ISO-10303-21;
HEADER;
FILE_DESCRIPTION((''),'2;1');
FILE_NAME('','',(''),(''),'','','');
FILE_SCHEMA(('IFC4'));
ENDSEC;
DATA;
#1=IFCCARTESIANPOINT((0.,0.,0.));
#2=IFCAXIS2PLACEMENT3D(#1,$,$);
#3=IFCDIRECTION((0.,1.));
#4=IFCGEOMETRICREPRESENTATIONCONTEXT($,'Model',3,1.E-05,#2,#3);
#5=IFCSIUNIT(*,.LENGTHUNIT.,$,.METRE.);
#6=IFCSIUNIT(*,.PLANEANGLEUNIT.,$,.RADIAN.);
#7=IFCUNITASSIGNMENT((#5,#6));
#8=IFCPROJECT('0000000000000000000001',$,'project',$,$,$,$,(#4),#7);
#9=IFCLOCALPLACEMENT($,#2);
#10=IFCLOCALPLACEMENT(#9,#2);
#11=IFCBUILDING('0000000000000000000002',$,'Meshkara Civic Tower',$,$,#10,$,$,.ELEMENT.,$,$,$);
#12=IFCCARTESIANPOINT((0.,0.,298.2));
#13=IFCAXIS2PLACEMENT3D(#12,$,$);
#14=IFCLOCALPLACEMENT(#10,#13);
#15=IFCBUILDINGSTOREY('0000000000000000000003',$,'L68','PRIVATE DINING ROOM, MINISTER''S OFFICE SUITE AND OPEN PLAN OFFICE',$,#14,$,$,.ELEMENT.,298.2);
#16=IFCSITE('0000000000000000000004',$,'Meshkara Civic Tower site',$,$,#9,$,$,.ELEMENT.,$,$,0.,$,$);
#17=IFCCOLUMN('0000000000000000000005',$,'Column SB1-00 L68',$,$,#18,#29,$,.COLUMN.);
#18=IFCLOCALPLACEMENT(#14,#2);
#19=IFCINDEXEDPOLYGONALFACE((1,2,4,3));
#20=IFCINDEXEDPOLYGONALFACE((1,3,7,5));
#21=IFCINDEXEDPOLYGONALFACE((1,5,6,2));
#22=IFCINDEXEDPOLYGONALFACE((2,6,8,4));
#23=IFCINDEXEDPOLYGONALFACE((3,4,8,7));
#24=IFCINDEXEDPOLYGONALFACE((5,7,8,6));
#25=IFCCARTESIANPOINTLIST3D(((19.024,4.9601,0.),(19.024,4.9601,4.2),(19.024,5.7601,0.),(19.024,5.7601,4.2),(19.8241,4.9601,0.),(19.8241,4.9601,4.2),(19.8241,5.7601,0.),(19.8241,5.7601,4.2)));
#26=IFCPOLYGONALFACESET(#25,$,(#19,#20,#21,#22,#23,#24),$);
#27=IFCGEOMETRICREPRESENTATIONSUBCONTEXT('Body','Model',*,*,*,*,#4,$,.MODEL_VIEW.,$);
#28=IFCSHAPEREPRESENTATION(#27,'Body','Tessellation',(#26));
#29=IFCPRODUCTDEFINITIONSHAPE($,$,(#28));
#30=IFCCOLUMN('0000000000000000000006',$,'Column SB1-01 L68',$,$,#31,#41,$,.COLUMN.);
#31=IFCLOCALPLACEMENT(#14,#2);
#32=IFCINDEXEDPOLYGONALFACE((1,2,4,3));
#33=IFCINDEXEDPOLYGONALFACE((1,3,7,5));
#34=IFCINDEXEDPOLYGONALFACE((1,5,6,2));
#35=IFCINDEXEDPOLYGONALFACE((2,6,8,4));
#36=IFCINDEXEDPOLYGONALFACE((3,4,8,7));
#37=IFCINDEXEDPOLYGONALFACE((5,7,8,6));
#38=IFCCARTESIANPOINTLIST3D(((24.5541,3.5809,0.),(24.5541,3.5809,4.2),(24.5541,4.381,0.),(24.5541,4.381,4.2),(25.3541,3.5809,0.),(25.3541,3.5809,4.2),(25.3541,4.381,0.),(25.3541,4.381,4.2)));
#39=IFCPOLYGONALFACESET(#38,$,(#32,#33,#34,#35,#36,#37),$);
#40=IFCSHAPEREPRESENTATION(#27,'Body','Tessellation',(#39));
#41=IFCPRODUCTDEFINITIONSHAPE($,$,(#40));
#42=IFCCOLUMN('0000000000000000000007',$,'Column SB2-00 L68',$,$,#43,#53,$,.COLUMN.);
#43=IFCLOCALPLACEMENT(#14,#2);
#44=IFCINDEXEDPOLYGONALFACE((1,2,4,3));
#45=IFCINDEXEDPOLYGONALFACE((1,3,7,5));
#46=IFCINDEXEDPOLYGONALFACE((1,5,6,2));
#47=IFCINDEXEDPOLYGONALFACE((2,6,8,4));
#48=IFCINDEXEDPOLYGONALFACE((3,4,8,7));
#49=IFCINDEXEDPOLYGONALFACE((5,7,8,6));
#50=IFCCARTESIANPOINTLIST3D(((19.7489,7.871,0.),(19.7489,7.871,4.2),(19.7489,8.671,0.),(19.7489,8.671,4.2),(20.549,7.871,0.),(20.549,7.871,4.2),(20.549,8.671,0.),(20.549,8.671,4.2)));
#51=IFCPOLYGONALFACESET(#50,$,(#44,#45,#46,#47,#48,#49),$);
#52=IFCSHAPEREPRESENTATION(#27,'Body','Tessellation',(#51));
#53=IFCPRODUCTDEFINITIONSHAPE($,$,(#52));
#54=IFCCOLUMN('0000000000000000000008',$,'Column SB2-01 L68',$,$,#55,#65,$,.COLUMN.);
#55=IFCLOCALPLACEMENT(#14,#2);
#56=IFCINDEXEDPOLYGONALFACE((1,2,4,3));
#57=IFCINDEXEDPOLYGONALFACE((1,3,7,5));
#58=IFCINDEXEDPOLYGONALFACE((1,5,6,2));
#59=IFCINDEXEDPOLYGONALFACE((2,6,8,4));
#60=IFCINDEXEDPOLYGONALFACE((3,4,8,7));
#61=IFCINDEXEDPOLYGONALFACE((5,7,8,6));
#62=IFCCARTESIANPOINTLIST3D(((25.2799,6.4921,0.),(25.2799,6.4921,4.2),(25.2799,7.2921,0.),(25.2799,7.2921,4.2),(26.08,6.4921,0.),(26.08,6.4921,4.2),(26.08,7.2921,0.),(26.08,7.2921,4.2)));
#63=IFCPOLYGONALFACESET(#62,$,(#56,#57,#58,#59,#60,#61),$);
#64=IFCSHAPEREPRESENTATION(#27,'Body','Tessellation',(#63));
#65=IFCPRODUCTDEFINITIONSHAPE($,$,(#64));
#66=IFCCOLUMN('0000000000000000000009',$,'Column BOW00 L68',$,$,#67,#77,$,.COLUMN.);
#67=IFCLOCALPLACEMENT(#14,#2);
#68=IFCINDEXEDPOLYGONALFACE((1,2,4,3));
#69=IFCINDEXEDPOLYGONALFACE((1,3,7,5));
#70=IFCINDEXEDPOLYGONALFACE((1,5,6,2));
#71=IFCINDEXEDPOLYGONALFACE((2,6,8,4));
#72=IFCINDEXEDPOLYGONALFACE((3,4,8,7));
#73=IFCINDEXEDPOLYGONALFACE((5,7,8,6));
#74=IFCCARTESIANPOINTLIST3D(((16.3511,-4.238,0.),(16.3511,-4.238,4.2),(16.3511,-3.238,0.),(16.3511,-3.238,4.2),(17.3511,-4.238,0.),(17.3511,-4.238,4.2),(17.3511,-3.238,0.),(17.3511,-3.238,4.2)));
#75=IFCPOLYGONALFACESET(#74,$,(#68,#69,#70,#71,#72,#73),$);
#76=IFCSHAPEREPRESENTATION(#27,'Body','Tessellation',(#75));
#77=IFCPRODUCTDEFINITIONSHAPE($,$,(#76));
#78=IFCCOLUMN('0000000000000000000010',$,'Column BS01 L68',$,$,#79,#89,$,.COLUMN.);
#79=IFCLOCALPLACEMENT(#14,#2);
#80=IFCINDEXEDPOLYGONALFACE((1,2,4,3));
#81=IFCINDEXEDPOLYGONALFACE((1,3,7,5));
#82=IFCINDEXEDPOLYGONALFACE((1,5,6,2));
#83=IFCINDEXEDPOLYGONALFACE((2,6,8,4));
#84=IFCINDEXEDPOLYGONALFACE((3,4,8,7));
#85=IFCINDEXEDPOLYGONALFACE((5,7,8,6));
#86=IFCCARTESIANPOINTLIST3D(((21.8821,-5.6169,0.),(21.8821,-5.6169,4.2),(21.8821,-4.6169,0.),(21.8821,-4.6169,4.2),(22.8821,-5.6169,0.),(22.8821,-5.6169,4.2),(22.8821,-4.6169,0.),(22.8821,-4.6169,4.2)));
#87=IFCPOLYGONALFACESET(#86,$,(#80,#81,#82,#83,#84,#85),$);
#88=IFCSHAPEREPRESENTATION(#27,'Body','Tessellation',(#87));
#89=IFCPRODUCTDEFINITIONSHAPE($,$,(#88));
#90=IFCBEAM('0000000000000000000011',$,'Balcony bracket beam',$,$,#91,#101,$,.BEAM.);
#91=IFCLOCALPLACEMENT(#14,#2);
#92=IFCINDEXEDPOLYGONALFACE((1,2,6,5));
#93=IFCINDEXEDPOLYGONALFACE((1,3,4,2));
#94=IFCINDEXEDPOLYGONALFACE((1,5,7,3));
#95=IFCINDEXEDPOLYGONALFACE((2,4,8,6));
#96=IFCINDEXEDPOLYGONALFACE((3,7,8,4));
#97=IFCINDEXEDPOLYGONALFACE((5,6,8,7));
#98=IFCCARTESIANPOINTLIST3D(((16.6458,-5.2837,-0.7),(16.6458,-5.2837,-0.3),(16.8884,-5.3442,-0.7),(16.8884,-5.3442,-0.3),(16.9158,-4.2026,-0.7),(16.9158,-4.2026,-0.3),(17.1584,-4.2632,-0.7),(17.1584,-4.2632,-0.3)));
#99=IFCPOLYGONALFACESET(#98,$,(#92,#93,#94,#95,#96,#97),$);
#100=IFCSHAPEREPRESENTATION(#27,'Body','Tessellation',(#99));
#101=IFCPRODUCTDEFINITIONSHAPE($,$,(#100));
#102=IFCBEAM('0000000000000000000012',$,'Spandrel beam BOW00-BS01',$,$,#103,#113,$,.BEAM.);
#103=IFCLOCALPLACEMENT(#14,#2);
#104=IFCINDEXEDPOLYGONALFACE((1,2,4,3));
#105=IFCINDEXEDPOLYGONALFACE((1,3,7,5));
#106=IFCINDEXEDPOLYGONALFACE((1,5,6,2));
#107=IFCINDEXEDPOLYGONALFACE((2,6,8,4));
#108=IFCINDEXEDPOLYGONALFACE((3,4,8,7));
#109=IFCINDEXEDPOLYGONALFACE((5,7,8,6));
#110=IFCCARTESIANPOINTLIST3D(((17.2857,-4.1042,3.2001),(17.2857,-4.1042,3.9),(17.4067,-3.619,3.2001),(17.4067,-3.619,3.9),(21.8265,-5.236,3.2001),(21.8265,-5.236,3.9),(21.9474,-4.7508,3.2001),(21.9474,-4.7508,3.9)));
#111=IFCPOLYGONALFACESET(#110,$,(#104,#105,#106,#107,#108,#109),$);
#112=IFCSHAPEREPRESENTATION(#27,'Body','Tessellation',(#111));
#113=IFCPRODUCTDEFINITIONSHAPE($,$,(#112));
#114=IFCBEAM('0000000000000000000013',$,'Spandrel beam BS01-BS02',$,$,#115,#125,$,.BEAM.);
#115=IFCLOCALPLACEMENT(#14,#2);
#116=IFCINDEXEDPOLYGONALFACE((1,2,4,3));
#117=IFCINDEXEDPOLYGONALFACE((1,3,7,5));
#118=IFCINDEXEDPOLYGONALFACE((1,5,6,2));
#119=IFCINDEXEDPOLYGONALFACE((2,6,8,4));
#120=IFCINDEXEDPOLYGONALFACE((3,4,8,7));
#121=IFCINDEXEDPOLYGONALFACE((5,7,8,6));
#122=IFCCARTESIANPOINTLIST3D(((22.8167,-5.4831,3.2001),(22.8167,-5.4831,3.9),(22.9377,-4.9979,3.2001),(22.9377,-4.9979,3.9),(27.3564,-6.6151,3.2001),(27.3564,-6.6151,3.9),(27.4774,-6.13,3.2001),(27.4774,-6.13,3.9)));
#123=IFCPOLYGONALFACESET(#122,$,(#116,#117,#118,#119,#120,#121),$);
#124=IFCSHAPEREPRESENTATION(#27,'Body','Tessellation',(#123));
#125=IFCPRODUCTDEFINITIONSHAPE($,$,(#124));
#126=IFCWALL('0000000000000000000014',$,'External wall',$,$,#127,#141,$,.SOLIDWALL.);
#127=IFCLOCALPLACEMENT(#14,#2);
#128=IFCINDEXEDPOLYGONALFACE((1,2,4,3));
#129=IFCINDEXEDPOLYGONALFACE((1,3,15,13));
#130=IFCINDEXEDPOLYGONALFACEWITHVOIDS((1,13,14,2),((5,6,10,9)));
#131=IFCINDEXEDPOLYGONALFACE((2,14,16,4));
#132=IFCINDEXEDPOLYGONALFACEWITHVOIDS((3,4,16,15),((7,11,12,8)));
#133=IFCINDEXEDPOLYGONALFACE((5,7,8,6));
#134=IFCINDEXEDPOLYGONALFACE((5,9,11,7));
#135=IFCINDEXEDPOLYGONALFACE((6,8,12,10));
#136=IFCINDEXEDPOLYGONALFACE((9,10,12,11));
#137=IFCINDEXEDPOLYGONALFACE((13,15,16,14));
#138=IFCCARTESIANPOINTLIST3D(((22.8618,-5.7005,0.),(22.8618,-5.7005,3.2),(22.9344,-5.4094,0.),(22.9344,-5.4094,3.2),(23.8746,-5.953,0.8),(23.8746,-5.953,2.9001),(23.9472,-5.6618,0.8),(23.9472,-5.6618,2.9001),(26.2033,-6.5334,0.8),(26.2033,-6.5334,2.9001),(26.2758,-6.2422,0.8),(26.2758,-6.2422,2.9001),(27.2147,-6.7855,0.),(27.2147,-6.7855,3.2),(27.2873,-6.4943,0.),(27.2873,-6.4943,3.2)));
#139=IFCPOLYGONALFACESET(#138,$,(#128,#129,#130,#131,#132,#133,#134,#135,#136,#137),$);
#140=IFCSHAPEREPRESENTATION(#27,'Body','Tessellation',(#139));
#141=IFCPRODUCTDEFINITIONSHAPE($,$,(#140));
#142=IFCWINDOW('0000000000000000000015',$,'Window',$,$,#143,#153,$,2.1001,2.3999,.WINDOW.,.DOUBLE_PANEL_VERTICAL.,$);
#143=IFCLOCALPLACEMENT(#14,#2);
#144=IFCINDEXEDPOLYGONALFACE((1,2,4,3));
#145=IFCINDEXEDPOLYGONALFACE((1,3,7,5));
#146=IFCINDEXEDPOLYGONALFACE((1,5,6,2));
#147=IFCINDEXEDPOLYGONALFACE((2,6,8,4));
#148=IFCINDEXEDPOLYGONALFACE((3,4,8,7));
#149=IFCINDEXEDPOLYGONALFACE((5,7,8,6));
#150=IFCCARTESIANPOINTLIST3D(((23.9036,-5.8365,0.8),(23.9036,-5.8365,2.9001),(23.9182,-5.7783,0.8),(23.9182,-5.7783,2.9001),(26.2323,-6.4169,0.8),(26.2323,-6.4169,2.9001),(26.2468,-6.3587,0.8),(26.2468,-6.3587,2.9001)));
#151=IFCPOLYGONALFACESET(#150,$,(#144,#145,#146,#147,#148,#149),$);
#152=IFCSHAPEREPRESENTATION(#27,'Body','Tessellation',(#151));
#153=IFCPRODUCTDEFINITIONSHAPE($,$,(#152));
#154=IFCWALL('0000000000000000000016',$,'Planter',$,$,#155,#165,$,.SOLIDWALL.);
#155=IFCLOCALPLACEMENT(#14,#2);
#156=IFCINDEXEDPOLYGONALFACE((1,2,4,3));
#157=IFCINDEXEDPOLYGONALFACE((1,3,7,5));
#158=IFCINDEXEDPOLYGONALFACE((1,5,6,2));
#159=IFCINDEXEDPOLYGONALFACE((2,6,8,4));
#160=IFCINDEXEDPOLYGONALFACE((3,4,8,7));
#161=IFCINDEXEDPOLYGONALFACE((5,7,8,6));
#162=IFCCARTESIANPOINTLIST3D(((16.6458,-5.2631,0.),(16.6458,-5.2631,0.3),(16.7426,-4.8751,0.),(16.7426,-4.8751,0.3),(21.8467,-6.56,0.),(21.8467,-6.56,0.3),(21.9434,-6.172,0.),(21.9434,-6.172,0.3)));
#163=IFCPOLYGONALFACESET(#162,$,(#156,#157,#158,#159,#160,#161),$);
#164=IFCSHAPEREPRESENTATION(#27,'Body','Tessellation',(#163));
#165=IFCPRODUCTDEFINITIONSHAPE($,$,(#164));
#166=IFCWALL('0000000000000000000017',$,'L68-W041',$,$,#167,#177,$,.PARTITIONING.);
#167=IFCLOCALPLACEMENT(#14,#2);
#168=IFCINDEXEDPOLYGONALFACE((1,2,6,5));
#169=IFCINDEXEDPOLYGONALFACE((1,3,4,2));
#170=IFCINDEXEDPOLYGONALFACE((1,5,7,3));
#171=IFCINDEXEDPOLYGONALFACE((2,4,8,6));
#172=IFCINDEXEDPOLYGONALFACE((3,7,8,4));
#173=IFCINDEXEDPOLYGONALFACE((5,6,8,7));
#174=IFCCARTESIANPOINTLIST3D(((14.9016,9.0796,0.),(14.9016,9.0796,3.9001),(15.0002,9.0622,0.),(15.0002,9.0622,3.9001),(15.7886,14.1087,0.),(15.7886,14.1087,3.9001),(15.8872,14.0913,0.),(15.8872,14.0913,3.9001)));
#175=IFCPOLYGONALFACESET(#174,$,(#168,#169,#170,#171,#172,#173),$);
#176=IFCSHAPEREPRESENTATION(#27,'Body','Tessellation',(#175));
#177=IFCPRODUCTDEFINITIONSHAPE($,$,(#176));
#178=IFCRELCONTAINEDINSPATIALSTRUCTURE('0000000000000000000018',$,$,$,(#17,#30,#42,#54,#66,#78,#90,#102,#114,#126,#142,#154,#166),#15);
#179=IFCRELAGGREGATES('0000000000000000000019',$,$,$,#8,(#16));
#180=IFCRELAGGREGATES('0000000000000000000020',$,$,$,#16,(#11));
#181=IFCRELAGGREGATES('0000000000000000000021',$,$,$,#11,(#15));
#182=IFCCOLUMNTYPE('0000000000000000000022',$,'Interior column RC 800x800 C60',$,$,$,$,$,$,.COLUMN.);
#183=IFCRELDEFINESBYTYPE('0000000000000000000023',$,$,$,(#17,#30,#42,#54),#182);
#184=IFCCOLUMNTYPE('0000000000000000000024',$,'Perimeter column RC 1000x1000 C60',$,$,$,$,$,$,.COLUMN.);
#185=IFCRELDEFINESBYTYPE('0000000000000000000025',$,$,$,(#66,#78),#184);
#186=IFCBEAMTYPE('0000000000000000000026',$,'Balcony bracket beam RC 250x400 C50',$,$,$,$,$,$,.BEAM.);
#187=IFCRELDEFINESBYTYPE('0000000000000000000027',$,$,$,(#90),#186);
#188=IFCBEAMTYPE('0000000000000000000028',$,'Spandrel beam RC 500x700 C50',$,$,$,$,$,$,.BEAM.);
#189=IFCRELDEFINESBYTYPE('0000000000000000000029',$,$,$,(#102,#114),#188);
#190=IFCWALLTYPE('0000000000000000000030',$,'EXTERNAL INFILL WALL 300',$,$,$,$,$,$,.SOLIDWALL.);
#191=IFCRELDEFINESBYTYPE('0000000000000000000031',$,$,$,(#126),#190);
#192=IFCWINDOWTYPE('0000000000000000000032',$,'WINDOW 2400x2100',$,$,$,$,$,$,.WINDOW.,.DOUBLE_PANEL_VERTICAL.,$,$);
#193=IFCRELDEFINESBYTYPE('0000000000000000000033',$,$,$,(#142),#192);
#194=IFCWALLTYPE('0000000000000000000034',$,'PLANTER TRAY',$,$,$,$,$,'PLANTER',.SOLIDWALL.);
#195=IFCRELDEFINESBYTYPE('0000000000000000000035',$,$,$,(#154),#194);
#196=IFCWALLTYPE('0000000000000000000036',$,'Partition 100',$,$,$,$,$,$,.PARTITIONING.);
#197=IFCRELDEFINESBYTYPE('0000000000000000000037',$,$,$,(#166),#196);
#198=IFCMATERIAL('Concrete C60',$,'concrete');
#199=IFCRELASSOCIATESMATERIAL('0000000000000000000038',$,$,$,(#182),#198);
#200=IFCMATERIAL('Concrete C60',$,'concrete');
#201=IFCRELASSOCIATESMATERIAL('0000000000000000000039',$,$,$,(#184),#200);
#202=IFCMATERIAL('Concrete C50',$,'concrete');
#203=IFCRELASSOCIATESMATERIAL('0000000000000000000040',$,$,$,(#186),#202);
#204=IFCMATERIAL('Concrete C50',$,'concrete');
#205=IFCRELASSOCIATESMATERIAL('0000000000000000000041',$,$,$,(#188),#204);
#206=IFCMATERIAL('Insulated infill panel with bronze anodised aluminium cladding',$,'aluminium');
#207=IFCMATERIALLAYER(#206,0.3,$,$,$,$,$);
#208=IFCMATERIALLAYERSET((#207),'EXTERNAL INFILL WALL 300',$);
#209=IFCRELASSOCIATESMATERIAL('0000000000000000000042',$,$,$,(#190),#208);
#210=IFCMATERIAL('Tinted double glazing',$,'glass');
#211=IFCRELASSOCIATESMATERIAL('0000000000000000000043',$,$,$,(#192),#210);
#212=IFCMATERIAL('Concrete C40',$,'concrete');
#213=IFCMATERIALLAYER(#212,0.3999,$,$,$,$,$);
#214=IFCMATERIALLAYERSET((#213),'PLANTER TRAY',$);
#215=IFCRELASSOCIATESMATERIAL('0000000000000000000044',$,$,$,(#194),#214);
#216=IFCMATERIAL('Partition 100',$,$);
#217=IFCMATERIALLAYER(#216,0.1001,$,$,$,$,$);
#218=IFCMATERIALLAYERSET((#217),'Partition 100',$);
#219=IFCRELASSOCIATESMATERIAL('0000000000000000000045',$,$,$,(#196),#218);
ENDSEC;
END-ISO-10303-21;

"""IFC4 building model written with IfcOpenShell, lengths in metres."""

from ifc_helpers import new_model, si_unit, direction, frame, frame_2d, origin, origin_2d, place, context, subcontext, project, spatial, rectangle, extrude, material, layer, layer_set, material_profile, profile_set, type_object, element, fill, save


model = new_model("IFC4")

# Units and contexts
model_context = context("Model", 3, precision=1e-05, world=origin(), true_north=direction((0.0, 1.0)))
body_context = subcontext(model_context, "Body", "Model", "MODEL_VIEW")
ifc_project = project(units=[si_unit("LENGTHUNIT", "METRE"), si_unit("PLANEANGLEUNIT", "RADIAN")], contexts=[model_context])

# Site, building, storey
site_placement = place(None, origin())
site = spatial("IfcSite", under=ifc_project, at=site_placement, Name="Meshkara Civic Tower site", CompositionType="ELEMENT", RefElevation=0.0)
building_placement = place(site_placement, origin())
building = spatial("IfcBuilding", under=site, at=building_placement, Name="Meshkara Civic Tower", CompositionType="ELEMENT")
storey_placement = place(building_placement, frame((0.0, 0.0, 298.2)))
storey = spatial("IfcBuildingStorey", under=building, at=storey_placement, Name="L68", Description="PRIVATE DINING ROOM, MINISTER'S OFFICE SUITE AND OPEN PLAN OFFICE", CompositionType="ELEMENT", Elevation=298.2)

# Columns
ifc_material_1 = material(Name="Concrete C60", Category="concrete")
ifc_material_profile_1 = material_profile(ifc_material_1, rectangle(XDim=0.8, YDim=0.8, at=origin_2d()))
ifc_profile_set_1 = profile_set([ifc_material_profile_1], Name="Concrete C60")
column_type_1 = type_object("IfcColumnType", Name="Interior column RC 800x800 C60", PredefinedType="COLUMN", material=ifc_profile_set_1)
for number, where, z_axis, x_axis, name in (
    (1, (19.4241, 5.3601, 0.0), (0.0, 0.0, 1.0), (1.0, 0.0, 0.0), "Column SB1-00 L68"),
    (2, (24.9541, 3.981, 0.0), (0.0, 0.0, 1.0), (1.0, 0.0, 0.0), "Column SB1-01 L68"),
    (3, (20.1489, 8.271, 0.0), (0.0, 0.0, 1.0), (1.0, 0.0, 0.0), "Column SB2-00 L68"),
    (4, (25.6799, 6.8921, 0.0), (0.0, 0.0, 1.0), (1.0, 0.0, 0.0), "Column SB2-01 L68"),
):
    element("IfcColumn", number, at=place(storey_placement, frame(where, z_axis=z_axis, x_axis=x_axis)), inside=storey, type_object=column_type_1, Name=name, PredefinedType="COLUMN", context=body_context, shape_type="SweptSolid", body=[
        extrude(rectangle(XDim=0.8, YDim=0.8, at=origin_2d()), origin(), (0.0, 0.0, 1.0), 4.2),
    ])
ifc_material_2 = material(Name="Concrete C60", Category="concrete")
ifc_material_profile_2 = material_profile(ifc_material_2, rectangle(XDim=1.0, YDim=1.0, at=origin_2d()))
ifc_profile_set_2 = profile_set([ifc_material_profile_2], Name="Concrete C60")
column_type_2 = type_object("IfcColumnType", Name="Perimeter column RC 1000x1000 C60", PredefinedType="COLUMN", material=ifc_profile_set_2)
for number, where, z_axis, x_axis, name in (
    (5, (16.8511, -3.738, 0.0), (0.0, 0.0, 1.0), (1.0, 0.0, 0.0), "Column BOW00 L68"),
    (6, (22.3821, -5.1169, 0.0), (0.0, 0.0, 1.0), (1.0, 0.0, 0.0), "Column BS01 L68"),
):
    element("IfcColumn", number, at=place(storey_placement, frame(where, z_axis=z_axis, x_axis=x_axis)), inside=storey, type_object=column_type_2, Name=name, PredefinedType="COLUMN", context=body_context, shape_type="SweptSolid", body=[
        extrude(rectangle(XDim=1.0, YDim=1.0, at=origin_2d()), origin(), (0.0, 0.0, 1.0), 4.2),
    ])

# Beams
ifc_material_3 = material(Name="Concrete C50", Category="concrete")
ifc_material_profile_3 = material_profile(ifc_material_3, rectangle(XDim=0.25, YDim=0.3999, at=origin_2d()))
ifc_profile_set_3 = profile_set([ifc_material_profile_3], Name="Concrete C50")
beam_type_1 = type_object("IfcBeamType", Name="Balcony bracket beam RC 250x400 C50", PredefinedType="BEAM", material=ifc_profile_set_3)
beam_1_placement = place(storey_placement, frame((17.0371, -4.2329, -0.5), z_axis=(-0.242329, -0.970194, 0.0), x_axis=(0.970194, -0.242329, 0.0)))
element("IfcBeam", 7, at=beam_1_placement, inside=storey, type_object=beam_type_1, Name="Balcony bracket beam", PredefinedType="BEAM", context=body_context, shape_type="SweptSolid", body=[
    extrude(rectangle(XDim=0.25, YDim=0.3999, at=origin_2d()), origin(), (0.0, 0.0, 1.0), 1.1143),
])
ifc_material_4 = material(Name="Concrete C50", Category="concrete")
ifc_material_profile_4 = material_profile(ifc_material_4, rectangle(XDim=0.5, YDim=0.7, at=origin_2d()))
ifc_profile_set_4 = profile_set([ifc_material_profile_4], Name="Concrete C50")
beam_type_2 = type_object("IfcBeamType", Name="Spandrel beam RC 500x700 C50", PredefinedType="BEAM", material=ifc_profile_set_4)
beam_2_placement = place(storey_placement, frame((17.3462, -3.8616, 3.55), z_axis=(0.970311, -0.24186, 0.0), x_axis=(0.24186, 0.970311, 0.0)))
element("IfcBeam", 8, at=beam_2_placement, inside=storey, type_object=beam_type_2, Name="Spandrel beam BOW00-BS01", PredefinedType="BEAM", context=body_context, shape_type="SweptSolid", body=[
    extrude(rectangle(XDim=0.5, YDim=0.7, at=origin_2d()), origin(), (0.0, 0.0, 1.0), 4.6797),
])
beam_3_placement = place(storey_placement, frame((22.8772, -5.2405, 3.55), z_axis=(0.970287, -0.241959, 0.0), x_axis=(0.241959, 0.970287, 0.0)))
element("IfcBeam", 9, at=beam_3_placement, inside=storey, type_object=beam_type_2, Name="Spandrel beam BS01-BS02", PredefinedType="BEAM", context=body_context, shape_type="SweptSolid", body=[
    extrude(rectangle(XDim=0.5, YDim=0.7, at=origin_2d()), origin(), (0.0, 0.0, 1.0), 4.6787),
])

# Wall, opening, window
ifc_material_5 = material(Name="Insulated infill panel with bronze anodised aluminium cladding", Category="aluminium")
ifc_layer_1 = layer(ifc_material_5, 0.3)
ifc_layer_set_1 = layer_set([ifc_layer_1], Name="EXTERNAL INFILL WALL 300")
wall_type_1 = type_object("IfcWallType", Name="EXTERNAL INFILL WALL 300", PredefinedType="SOLIDWALL", material=ifc_layer_set_1)
wall_1_placement = place(storey_placement, frame((22.8979, -5.5549, 0.0), z_axis=(0.0, 0.0, 1.0), x_axis=(0.970315, -0.241844, 0.0)))
wall_1 = element("IfcWall", 10, at=wall_1_placement, inside=storey, type_object=wall_type_1, Name="External wall", PredefinedType="SOLIDWALL", context=body_context, shape_type="SweptSolid", body=[
    extrude(rectangle(XDim=4.4861, YDim=0.3, at=frame_2d((2.2432, 0.0))), origin(), (0.0, 0.0, 1.0), 3.2),
])
opening_1_placement = place(wall_1_placement, frame((1.0439, 0.0, 0.8)))
opening_1 = element("IfcOpeningElement", 11, at=opening_1_placement, cuts=wall_1, PredefinedType="OPENING", context=body_context, shape_type="SweptSolid", body=[
    extrude(rectangle(XDim=2.3999, YDim=2.1001, at=frame_2d((1.2, 1.05))), frame((0.0, 0.1599, 0.0), z_axis=(0.0, -1.0, 0.0), x_axis=(1.0, 0.0, 0.0)), (0.0, 0.0, 1.0), 0.3201),
])
ifc_material_6 = material(Name="Tinted double glazing", Category="glass")
window_type = type_object("IfcWindowType", Name="WINDOW 2400x2100", PartitioningType="DOUBLE_PANEL_VERTICAL", PredefinedType="WINDOW", material=ifc_material_6)
window_placement = place(opening_1_placement, origin())
window = element("IfcWindow", 12, at=window_placement, inside=storey, type_object=window_type, Name="Window", OverallHeight=2.1001, OverallWidth=2.3999, PartitioningType="DOUBLE_PANEL_VERTICAL", PredefinedType="WINDOW", context=body_context, shape_type="SweptSolid", body=[
    extrude(rectangle(XDim=2.3999, YDim=2.1001, at=frame_2d((1.2, 1.05))), frame((0.0, 0.03, 0.0), z_axis=(0.0, -1.0, 0.0), x_axis=(1.0, 0.0, 0.0)), (0.0, 0.0, 1.0), 0.0601),
])
fill(opening_1, window)

# Walls
ifc_material_7 = material(Name="Concrete C40", Category="concrete")
ifc_layer_2 = layer(ifc_material_7, 0.3999)
ifc_layer_set_2 = layer_set([ifc_layer_2], Name="PLANTER TRAY")
wall_type_2 = type_object("IfcWallType", Name="PLANTER TRAY", ElementType="PLANTER", PredefinedType="SOLIDWALL", material=ifc_layer_set_2)
wall_2_placement = place(storey_placement, frame((16.6941, -5.0691, 0.0), z_axis=(0.0, 0.0, 1.0), x_axis=(0.97029, -0.241946, 0.0)))
element("IfcWall", 13, at=wall_2_placement, inside=storey, type_object=wall_type_2, Name="Planter", PredefinedType="SOLIDWALL", context=body_context, shape_type="SweptSolid", body=[
    extrude(rectangle(XDim=5.3601, YDim=0.3999, at=frame_2d((2.6802, 0.0))), origin(), (0.0, 0.0, 1.0), 0.3),
])
ifc_material_8 = material(Name="Partition 100")
ifc_layer_3 = layer(ifc_material_8, 0.1001)
ifc_layer_set_3 = layer_set([ifc_layer_3], Name="Partition 100")
wall_type_3 = type_object("IfcWallType", Name="Partition 100", PredefinedType="PARTITIONING", material=ifc_layer_set_3)
wall_3_placement = place(storey_placement, frame((14.9509, 9.071, 0.0), z_axis=(0.0, 0.0, 1.0), x_axis=(0.173687, 0.984801, 0.0)))
element("IfcWall", 14, at=wall_3_placement, inside=storey, type_object=wall_type_3, Name="L68-W041", PredefinedType="PARTITIONING", context=body_context, shape_type="SweptSolid", body=[
    extrude(rectangle(XDim=5.1067, YDim=0.1001, at=frame_2d((2.5532, 0.0))), origin(), (0.0, 0.0, 1.0), 3.9001),
])

save(model, "model.ifc")
